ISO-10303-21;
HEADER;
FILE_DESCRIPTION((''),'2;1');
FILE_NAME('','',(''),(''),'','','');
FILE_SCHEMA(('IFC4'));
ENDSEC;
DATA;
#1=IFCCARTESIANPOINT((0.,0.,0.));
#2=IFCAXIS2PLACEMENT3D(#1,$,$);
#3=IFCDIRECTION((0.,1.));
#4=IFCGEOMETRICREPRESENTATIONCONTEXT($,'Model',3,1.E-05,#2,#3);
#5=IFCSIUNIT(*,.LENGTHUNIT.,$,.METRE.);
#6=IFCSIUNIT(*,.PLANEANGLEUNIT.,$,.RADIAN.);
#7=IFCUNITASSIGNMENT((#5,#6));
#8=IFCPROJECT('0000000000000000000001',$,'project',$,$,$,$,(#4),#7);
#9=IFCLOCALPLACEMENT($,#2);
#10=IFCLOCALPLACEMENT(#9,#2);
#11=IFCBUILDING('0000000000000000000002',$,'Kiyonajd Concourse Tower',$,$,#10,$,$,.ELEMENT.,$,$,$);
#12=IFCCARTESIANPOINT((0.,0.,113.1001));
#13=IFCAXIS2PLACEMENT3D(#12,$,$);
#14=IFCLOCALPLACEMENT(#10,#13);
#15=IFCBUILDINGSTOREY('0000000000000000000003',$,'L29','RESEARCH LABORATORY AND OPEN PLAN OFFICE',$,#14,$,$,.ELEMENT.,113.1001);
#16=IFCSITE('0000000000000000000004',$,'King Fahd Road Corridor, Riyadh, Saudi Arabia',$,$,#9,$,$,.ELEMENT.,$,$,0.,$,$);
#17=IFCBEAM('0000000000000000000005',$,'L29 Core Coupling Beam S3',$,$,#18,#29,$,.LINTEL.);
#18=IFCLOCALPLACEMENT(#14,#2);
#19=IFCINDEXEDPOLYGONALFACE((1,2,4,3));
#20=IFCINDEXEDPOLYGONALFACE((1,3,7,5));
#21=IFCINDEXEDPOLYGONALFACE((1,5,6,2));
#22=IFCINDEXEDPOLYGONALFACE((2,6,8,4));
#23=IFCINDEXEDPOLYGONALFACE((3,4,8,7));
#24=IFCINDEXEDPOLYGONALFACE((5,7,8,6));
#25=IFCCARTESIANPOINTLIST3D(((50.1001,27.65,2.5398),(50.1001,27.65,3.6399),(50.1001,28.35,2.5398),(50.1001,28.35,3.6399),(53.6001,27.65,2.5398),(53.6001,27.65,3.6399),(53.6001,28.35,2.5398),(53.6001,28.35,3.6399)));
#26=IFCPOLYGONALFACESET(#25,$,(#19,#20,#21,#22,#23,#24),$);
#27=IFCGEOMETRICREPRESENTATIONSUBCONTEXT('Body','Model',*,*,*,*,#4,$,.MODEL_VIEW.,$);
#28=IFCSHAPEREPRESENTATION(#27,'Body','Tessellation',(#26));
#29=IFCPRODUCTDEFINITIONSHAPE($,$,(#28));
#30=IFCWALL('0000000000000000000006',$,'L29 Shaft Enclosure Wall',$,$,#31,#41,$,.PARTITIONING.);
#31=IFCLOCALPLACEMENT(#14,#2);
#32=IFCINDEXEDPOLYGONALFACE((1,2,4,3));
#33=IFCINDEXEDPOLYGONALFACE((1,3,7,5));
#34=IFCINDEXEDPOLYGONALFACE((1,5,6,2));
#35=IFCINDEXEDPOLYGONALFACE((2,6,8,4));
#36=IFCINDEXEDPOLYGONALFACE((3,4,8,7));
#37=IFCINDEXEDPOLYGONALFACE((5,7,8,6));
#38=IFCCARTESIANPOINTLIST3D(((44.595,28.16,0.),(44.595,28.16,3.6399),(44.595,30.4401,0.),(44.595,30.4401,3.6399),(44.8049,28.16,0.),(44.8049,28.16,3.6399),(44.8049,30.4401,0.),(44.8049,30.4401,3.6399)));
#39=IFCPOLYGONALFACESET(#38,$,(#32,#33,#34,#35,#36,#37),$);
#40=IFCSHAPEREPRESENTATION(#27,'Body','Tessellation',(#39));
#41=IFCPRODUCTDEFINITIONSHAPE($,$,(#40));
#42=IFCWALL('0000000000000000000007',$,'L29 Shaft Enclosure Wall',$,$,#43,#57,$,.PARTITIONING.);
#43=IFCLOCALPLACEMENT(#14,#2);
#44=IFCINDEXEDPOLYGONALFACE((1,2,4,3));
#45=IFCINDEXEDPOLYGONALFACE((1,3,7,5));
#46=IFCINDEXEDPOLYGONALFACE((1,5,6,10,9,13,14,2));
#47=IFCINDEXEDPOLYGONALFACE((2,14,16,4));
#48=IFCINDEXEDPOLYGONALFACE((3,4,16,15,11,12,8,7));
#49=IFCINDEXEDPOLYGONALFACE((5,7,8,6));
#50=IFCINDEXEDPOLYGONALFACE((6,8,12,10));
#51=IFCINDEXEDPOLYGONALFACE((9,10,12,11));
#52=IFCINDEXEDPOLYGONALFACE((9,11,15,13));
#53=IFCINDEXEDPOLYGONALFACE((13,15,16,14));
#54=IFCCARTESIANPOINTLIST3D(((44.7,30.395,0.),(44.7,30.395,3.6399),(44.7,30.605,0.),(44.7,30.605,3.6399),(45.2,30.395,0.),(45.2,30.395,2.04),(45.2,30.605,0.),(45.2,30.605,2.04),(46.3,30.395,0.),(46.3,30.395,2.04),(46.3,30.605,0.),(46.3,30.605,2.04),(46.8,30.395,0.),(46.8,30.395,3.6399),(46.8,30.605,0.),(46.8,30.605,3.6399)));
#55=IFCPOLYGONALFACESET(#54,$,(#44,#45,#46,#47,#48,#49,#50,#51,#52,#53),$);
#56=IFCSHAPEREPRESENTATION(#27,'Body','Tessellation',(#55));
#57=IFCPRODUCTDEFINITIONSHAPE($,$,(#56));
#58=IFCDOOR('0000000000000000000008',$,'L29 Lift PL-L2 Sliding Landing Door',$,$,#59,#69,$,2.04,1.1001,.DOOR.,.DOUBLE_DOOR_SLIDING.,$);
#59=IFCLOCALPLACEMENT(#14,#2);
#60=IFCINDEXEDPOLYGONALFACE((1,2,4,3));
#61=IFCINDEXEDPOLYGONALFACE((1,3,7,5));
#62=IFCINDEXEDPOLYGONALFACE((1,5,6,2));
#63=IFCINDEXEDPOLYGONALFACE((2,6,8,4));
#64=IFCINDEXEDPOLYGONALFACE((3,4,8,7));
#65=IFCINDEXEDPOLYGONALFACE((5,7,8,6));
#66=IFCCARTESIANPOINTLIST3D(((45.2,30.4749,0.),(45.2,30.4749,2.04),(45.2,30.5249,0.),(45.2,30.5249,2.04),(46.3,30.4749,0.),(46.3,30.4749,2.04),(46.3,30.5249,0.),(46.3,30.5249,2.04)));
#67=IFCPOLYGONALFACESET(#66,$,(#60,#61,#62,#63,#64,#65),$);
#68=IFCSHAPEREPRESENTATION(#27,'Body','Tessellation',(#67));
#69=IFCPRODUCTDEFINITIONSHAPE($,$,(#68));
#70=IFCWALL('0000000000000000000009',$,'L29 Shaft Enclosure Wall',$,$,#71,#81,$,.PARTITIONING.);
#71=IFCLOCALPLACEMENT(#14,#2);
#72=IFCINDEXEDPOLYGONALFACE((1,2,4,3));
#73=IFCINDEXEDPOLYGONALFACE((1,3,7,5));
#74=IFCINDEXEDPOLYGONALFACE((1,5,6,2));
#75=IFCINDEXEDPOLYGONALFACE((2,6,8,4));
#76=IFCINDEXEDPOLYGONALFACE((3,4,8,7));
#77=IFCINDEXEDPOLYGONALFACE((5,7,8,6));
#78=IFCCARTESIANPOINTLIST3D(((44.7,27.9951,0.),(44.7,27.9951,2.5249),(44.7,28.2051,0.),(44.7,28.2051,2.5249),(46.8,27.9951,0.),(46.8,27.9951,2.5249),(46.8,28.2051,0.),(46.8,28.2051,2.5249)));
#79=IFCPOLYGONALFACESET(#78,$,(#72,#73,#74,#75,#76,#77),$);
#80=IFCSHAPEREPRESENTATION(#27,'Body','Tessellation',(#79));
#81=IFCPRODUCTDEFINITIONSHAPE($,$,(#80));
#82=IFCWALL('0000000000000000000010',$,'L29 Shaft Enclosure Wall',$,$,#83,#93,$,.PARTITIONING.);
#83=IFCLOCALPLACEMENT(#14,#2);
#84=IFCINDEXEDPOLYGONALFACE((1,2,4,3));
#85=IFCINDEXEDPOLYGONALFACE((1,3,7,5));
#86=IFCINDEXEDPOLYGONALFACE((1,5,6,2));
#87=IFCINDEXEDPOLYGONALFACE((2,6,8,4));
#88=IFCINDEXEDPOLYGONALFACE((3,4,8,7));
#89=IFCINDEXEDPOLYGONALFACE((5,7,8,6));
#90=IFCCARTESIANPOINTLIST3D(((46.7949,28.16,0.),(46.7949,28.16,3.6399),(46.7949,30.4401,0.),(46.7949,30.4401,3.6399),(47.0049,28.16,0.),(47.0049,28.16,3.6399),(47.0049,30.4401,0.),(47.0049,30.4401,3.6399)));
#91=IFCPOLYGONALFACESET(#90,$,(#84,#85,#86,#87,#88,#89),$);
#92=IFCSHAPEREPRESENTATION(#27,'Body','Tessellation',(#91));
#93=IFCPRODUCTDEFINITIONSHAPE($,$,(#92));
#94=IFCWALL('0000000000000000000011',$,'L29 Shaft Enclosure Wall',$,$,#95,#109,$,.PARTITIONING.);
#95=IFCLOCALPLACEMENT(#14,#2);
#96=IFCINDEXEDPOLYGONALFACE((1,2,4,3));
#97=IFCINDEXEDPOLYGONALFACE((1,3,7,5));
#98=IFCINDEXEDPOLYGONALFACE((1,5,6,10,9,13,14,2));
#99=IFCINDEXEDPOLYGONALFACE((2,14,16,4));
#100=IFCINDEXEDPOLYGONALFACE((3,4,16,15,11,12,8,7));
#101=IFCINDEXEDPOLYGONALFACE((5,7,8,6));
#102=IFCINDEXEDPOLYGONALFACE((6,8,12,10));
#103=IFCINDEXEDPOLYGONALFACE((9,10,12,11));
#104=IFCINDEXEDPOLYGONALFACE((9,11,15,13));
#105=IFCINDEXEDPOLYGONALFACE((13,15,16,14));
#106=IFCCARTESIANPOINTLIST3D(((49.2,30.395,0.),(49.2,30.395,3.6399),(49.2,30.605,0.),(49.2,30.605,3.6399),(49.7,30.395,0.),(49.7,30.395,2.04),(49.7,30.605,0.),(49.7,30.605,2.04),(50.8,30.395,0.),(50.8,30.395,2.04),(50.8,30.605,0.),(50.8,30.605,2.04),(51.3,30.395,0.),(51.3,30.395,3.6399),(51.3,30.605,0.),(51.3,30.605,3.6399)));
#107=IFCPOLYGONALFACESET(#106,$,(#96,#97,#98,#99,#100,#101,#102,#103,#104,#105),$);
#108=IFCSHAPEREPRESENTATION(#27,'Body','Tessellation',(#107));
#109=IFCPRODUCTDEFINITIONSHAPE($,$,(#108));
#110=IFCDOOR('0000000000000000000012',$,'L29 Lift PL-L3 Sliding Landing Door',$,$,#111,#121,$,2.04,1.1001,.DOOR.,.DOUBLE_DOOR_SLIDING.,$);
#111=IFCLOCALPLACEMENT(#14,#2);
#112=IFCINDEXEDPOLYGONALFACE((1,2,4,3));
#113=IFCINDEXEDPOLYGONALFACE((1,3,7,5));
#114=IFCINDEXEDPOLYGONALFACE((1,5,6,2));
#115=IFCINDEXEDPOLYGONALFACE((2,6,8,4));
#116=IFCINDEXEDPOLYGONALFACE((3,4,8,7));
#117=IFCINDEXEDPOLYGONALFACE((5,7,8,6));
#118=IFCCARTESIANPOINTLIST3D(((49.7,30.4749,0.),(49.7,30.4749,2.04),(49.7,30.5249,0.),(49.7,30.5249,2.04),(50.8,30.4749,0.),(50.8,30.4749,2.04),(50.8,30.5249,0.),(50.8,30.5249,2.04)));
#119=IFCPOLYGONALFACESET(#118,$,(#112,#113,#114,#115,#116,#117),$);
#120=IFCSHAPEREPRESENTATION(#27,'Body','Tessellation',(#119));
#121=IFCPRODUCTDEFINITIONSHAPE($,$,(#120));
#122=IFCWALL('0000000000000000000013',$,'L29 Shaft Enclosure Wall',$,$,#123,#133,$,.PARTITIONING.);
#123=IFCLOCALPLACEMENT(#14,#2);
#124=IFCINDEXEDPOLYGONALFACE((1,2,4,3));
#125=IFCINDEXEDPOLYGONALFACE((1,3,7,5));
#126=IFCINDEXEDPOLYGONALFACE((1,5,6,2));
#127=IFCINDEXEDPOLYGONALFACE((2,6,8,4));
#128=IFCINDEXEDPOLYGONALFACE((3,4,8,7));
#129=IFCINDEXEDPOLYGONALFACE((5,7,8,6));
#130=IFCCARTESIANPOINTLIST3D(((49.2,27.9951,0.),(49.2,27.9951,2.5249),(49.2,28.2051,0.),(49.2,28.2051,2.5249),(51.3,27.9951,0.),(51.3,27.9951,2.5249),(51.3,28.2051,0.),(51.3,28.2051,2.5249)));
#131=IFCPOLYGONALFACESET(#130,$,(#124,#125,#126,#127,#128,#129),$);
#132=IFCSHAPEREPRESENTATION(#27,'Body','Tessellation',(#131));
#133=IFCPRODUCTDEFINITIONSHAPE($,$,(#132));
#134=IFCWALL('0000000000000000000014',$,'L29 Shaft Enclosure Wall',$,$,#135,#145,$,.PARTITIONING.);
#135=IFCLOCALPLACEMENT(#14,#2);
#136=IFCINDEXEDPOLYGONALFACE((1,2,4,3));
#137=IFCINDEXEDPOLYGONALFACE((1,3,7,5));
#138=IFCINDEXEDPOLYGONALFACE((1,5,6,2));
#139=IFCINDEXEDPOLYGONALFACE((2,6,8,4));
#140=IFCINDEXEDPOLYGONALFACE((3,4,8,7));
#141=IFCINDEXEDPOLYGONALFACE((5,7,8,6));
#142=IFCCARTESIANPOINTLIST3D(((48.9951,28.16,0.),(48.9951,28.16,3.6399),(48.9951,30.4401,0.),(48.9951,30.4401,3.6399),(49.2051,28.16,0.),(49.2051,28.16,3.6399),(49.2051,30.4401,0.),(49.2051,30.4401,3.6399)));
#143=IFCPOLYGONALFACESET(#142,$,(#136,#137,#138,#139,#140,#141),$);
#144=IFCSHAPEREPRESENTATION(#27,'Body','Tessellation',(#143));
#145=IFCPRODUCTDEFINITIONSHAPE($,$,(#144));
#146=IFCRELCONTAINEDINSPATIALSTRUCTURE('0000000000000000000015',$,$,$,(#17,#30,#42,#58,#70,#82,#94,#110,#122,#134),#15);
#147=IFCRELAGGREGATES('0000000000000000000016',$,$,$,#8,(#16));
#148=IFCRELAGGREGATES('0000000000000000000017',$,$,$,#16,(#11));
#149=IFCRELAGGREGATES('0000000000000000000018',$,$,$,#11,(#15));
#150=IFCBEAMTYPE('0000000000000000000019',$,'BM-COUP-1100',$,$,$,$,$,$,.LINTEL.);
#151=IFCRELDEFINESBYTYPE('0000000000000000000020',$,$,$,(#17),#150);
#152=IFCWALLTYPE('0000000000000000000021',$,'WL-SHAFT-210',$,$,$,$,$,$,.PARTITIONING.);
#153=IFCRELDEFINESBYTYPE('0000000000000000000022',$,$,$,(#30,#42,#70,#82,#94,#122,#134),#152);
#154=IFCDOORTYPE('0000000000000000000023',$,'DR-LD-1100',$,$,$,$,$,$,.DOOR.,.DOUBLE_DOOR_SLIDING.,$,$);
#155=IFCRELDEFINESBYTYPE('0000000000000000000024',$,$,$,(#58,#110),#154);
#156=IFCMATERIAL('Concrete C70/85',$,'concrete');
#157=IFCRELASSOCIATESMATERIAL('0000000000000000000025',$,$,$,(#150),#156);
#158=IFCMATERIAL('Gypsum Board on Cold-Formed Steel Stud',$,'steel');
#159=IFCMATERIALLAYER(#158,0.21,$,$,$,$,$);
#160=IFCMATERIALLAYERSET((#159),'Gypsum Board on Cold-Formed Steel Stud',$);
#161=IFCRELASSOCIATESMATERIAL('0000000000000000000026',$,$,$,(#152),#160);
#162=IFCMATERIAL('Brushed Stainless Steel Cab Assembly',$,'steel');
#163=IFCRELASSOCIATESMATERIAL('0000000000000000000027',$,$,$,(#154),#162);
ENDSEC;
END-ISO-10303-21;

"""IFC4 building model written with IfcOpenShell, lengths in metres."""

from ifc_helpers import new_model, si_unit, direction, frame, frame_2d, origin, origin_2d, place, context, subcontext, project, spatial, rectangle, extrude, material, layer, layer_set, material_profile, profile_set, type_object, element, fill, save


model = new_model("IFC4")

# Units and contexts
model_context = context("Model", 3, precision=1e-05, world=origin(), true_north=direction((0.0, 1.0)))
body_context = subcontext(model_context, "Body", "Model", "MODEL_VIEW")
ifc_project = project(units=[si_unit("LENGTHUNIT", "METRE"), si_unit("PLANEANGLEUNIT", "RADIAN")], contexts=[model_context])

# Site, building, storey
site_placement = place(None, origin())
site = spatial("IfcSite", under=ifc_project, at=site_placement, Name="King Fahd Road Corridor, Riyadh, Saudi Arabia", CompositionType="ELEMENT", RefElevation=0.0)
building_placement = place(site_placement, origin())
building = spatial("IfcBuilding", under=site, at=building_placement, Name="Kiyonajd Concourse Tower", CompositionType="ELEMENT")
storey_placement = place(building_placement, frame((0.0, 0.0, 113.1001)))
storey = spatial("IfcBuildingStorey", under=building, at=storey_placement, Name="L29", Description="RESEARCH LABORATORY AND OPEN PLAN OFFICE", CompositionType="ELEMENT", Elevation=113.1001)

# Beam
ifc_material_1 = material(Name="Concrete C70/85", Category="concrete")
ifc_material_profile = material_profile(ifc_material_1, rectangle(XDim=0.7, YDim=1.1001, at=origin_2d()), Name="RCBM-700x1100")
ifc_profile_set = profile_set([ifc_material_profile], Name="Concrete C70/85")
beam_type = type_object("IfcBeamType", Name="BM-COUP-1100", PredefinedType="LINTEL", material=ifc_profile_set)
beam_placement = place(storey_placement, frame((50.1001, 28.0, 3.0898), z_axis=(1.0, 0.0, 0.0), x_axis=(0.0, 1.0, 0.0)))
element("IfcBeam", 1, at=beam_placement, inside=storey, type_object=beam_type, Name="L29 Core Coupling Beam S3", PredefinedType="LINTEL", context=body_context, shape_type="SweptSolid", body=[
    extrude(rectangle(XDim=0.7, YDim=1.1001, at=origin_2d()), origin(), (0.0, 0.0, 1.0), 3.5),
])

# Wall
ifc_material_2 = material(Name="Gypsum Board on Cold-Formed Steel Stud", Category="steel")
ifc_layer_1 = layer(ifc_material_2, 0.21)
ifc_layer_set_1 = layer_set([ifc_layer_1], Name="Gypsum Board on Cold-Formed Steel Stud")
wall_type_1 = type_object("IfcWallType", Name="WL-SHAFT-210", PredefinedType="PARTITIONING", material=ifc_layer_set_1)
wall_1_placement = place(storey_placement, frame((44.7, 28.1599, 0.0), z_axis=(0.0, 0.0, 1.0), x_axis=(0.0, 1.0, 0.0)))
element("IfcWall", 2, at=wall_1_placement, inside=storey, type_object=wall_type_1, Name="L29 Shaft Enclosure Wall", PredefinedType="PARTITIONING", context=body_context, shape_type="SweptSolid", body=[
    extrude(rectangle(XDim=2.28, YDim=0.21, at=frame_2d((1.1401, 0.0))), origin(), (0.0, 0.0, 1.0), 3.6399),
])

# Wall, opening, door
wall_2_placement = place(storey_placement, frame((44.7, 30.5, 0.0), z_axis=(0.0, 0.0, 1.0), x_axis=(1.0, 0.0, 0.0)))
wall_2 = element("IfcWall", 3, at=wall_2_placement, inside=storey, type_object=wall_type_1, Name="L29 Shaft Enclosure Wall", PredefinedType="PARTITIONING", context=body_context, shape_type="SweptSolid", body=[
    extrude(rectangle(XDim=2.1001, YDim=0.21, at=frame_2d((1.05, 0.0))), origin(), (0.0, 0.0, 1.0), 3.6399),
])
opening_1_placement = place(wall_2_placement, frame((0.5, 0.0, 0.0)))
opening_1 = element("IfcOpeningElement", 4, at=opening_1_placement, cuts=wall_2, PredefinedType="OPENING", context=body_context, shape_type="SweptSolid", body=[
    extrude(rectangle(XDim=1.1001, YDim=2.04, at=frame_2d((0.55, 1.02))), frame((0.0, 0.115, 0.0), z_axis=(0.0, -1.0, 0.0), x_axis=(1.0, 0.0, 0.0)), (0.0, 0.0, 1.0), 0.23),
])
ifc_material_3 = material(Name="Brushed Stainless Steel Cab Assembly", Category="steel")
door_type_1 = type_object("IfcDoorType", Name="DR-LD-1100", OperationType="DOUBLE_DOOR_SLIDING", PredefinedType="DOOR", material=ifc_material_3)
door_1_placement = place(opening_1_placement, origin())
door_1 = element("IfcDoor", 5, at=door_1_placement, inside=storey, type_object=door_type_1, Name="L29 Lift PL-L2 Sliding Landing Door", OperationType="DOUBLE_DOOR_SLIDING", OverallHeight=2.04, OverallWidth=1.1001, PredefinedType="DOOR", context=body_context, shape_type="SweptSolid", body=[
    extrude(rectangle(XDim=1.1001, YDim=2.04, at=frame_2d((0.55, 1.02))), frame((0.0, 0.0249, 0.0), z_axis=(0.0, -1.0, 0.0), x_axis=(1.0, 0.0, 0.0)), (0.0, 0.0, 1.0), 0.05),
])
fill(opening_1, door_1)

# Walls
wall_3_placement = place(storey_placement, frame((44.7, 28.1001, 0.0), z_axis=(0.0, 0.0, 1.0), x_axis=(1.0, 0.0, 0.0)))
element("IfcWall", 6, at=wall_3_placement, inside=storey, type_object=wall_type_1, Name="L29 Shaft Enclosure Wall", PredefinedType="PARTITIONING", context=body_context, shape_type="SweptSolid", body=[
    extrude(rectangle(XDim=2.1001, YDim=0.21, at=frame_2d((1.05, 0.0))), origin(), (0.0, 0.0, 1.0), 2.5249),
])
wall_4_placement = place(storey_placement, frame((46.8999, 28.1599, 0.0), z_axis=(0.0, 0.0, 1.0), x_axis=(0.0, 1.0, 0.0)))
element("IfcWall", 7, at=wall_4_placement, inside=storey, type_object=wall_type_1, Name="L29 Shaft Enclosure Wall", PredefinedType="PARTITIONING", context=body_context, shape_type="SweptSolid", body=[
    extrude(rectangle(XDim=2.28, YDim=0.21, at=frame_2d((1.1401, 0.0))), origin(), (0.0, 0.0, 1.0), 3.6399),
])

# Wall, opening, door
wall_5_placement = place(storey_placement, frame((49.2, 30.5, 0.0), z_axis=(0.0, 0.0, 1.0), x_axis=(1.0, 0.0, 0.0)))
wall_5 = element("IfcWall", 8, at=wall_5_placement, inside=storey, type_object=wall_type_1, Name="L29 Shaft Enclosure Wall", PredefinedType="PARTITIONING", context=body_context, shape_type="SweptSolid", body=[
    extrude(rectangle(XDim=2.1001, YDim=0.21, at=frame_2d((1.05, 0.0))), origin(), (0.0, 0.0, 1.0), 3.6399),
])
opening_2_placement = place(wall_5_placement, frame((0.5, 0.0, 0.0)))
opening_2 = element("IfcOpeningElement", 9, at=opening_2_placement, cuts=wall_5, PredefinedType="OPENING", context=body_context, shape_type="SweptSolid", body=[
    extrude(rectangle(XDim=1.1001, YDim=2.04, at=frame_2d((0.55, 1.02))), frame((0.0, 0.115, 0.0), z_axis=(0.0, -1.0, 0.0), x_axis=(1.0, 0.0, 0.0)), (0.0, 0.0, 1.0), 0.23),
])
door_2_placement = place(opening_2_placement, origin())
door_2 = element("IfcDoor", 10, at=door_2_placement, inside=storey, type_object=door_type_1, Name="L29 Lift PL-L3 Sliding Landing Door", OperationType="DOUBLE_DOOR_SLIDING", OverallHeight=2.04, OverallWidth=1.1001, PredefinedType="DOOR", context=body_context, shape_type="SweptSolid", body=[
    extrude(rectangle(XDim=1.1001, YDim=2.04, at=frame_2d((0.55, 1.02))), frame((0.0, 0.0249, 0.0), z_axis=(0.0, -1.0, 0.0), x_axis=(1.0, 0.0, 0.0)), (0.0, 0.0, 1.0), 0.05),
])
fill(opening_2, door_2)

# Walls
wall_6_placement = place(storey_placement, frame((49.2, 28.1001, 0.0), z_axis=(0.0, 0.0, 1.0), x_axis=(1.0, 0.0, 0.0)))
element("IfcWall", 11, at=wall_6_placement, inside=storey, type_object=wall_type_1, Name="L29 Shaft Enclosure Wall", PredefinedType="PARTITIONING", context=body_context, shape_type="SweptSolid", body=[
    extrude(rectangle(XDim=2.1001, YDim=0.21, at=frame_2d((1.05, 0.0))), origin(), (0.0, 0.0, 1.0), 2.5249),
])
wall_7_placement = place(storey_placement, frame((49.1001, 28.1599, 0.0), z_axis=(0.0, 0.0, 1.0), x_axis=(0.0, 1.0, 0.0)))
element("IfcWall", 12, at=wall_7_placement, inside=storey, type_object=wall_type_1, Name="L29 Shaft Enclosure Wall", PredefinedType="PARTITIONING", context=body_context, shape_type="SweptSolid", body=[
    extrude(rectangle(XDim=2.28, YDim=0.21, at=frame_2d((1.1401, 0.0))), origin(), (0.0, 0.0, 1.0), 3.6399),
])

save(model, "model.ifc")
